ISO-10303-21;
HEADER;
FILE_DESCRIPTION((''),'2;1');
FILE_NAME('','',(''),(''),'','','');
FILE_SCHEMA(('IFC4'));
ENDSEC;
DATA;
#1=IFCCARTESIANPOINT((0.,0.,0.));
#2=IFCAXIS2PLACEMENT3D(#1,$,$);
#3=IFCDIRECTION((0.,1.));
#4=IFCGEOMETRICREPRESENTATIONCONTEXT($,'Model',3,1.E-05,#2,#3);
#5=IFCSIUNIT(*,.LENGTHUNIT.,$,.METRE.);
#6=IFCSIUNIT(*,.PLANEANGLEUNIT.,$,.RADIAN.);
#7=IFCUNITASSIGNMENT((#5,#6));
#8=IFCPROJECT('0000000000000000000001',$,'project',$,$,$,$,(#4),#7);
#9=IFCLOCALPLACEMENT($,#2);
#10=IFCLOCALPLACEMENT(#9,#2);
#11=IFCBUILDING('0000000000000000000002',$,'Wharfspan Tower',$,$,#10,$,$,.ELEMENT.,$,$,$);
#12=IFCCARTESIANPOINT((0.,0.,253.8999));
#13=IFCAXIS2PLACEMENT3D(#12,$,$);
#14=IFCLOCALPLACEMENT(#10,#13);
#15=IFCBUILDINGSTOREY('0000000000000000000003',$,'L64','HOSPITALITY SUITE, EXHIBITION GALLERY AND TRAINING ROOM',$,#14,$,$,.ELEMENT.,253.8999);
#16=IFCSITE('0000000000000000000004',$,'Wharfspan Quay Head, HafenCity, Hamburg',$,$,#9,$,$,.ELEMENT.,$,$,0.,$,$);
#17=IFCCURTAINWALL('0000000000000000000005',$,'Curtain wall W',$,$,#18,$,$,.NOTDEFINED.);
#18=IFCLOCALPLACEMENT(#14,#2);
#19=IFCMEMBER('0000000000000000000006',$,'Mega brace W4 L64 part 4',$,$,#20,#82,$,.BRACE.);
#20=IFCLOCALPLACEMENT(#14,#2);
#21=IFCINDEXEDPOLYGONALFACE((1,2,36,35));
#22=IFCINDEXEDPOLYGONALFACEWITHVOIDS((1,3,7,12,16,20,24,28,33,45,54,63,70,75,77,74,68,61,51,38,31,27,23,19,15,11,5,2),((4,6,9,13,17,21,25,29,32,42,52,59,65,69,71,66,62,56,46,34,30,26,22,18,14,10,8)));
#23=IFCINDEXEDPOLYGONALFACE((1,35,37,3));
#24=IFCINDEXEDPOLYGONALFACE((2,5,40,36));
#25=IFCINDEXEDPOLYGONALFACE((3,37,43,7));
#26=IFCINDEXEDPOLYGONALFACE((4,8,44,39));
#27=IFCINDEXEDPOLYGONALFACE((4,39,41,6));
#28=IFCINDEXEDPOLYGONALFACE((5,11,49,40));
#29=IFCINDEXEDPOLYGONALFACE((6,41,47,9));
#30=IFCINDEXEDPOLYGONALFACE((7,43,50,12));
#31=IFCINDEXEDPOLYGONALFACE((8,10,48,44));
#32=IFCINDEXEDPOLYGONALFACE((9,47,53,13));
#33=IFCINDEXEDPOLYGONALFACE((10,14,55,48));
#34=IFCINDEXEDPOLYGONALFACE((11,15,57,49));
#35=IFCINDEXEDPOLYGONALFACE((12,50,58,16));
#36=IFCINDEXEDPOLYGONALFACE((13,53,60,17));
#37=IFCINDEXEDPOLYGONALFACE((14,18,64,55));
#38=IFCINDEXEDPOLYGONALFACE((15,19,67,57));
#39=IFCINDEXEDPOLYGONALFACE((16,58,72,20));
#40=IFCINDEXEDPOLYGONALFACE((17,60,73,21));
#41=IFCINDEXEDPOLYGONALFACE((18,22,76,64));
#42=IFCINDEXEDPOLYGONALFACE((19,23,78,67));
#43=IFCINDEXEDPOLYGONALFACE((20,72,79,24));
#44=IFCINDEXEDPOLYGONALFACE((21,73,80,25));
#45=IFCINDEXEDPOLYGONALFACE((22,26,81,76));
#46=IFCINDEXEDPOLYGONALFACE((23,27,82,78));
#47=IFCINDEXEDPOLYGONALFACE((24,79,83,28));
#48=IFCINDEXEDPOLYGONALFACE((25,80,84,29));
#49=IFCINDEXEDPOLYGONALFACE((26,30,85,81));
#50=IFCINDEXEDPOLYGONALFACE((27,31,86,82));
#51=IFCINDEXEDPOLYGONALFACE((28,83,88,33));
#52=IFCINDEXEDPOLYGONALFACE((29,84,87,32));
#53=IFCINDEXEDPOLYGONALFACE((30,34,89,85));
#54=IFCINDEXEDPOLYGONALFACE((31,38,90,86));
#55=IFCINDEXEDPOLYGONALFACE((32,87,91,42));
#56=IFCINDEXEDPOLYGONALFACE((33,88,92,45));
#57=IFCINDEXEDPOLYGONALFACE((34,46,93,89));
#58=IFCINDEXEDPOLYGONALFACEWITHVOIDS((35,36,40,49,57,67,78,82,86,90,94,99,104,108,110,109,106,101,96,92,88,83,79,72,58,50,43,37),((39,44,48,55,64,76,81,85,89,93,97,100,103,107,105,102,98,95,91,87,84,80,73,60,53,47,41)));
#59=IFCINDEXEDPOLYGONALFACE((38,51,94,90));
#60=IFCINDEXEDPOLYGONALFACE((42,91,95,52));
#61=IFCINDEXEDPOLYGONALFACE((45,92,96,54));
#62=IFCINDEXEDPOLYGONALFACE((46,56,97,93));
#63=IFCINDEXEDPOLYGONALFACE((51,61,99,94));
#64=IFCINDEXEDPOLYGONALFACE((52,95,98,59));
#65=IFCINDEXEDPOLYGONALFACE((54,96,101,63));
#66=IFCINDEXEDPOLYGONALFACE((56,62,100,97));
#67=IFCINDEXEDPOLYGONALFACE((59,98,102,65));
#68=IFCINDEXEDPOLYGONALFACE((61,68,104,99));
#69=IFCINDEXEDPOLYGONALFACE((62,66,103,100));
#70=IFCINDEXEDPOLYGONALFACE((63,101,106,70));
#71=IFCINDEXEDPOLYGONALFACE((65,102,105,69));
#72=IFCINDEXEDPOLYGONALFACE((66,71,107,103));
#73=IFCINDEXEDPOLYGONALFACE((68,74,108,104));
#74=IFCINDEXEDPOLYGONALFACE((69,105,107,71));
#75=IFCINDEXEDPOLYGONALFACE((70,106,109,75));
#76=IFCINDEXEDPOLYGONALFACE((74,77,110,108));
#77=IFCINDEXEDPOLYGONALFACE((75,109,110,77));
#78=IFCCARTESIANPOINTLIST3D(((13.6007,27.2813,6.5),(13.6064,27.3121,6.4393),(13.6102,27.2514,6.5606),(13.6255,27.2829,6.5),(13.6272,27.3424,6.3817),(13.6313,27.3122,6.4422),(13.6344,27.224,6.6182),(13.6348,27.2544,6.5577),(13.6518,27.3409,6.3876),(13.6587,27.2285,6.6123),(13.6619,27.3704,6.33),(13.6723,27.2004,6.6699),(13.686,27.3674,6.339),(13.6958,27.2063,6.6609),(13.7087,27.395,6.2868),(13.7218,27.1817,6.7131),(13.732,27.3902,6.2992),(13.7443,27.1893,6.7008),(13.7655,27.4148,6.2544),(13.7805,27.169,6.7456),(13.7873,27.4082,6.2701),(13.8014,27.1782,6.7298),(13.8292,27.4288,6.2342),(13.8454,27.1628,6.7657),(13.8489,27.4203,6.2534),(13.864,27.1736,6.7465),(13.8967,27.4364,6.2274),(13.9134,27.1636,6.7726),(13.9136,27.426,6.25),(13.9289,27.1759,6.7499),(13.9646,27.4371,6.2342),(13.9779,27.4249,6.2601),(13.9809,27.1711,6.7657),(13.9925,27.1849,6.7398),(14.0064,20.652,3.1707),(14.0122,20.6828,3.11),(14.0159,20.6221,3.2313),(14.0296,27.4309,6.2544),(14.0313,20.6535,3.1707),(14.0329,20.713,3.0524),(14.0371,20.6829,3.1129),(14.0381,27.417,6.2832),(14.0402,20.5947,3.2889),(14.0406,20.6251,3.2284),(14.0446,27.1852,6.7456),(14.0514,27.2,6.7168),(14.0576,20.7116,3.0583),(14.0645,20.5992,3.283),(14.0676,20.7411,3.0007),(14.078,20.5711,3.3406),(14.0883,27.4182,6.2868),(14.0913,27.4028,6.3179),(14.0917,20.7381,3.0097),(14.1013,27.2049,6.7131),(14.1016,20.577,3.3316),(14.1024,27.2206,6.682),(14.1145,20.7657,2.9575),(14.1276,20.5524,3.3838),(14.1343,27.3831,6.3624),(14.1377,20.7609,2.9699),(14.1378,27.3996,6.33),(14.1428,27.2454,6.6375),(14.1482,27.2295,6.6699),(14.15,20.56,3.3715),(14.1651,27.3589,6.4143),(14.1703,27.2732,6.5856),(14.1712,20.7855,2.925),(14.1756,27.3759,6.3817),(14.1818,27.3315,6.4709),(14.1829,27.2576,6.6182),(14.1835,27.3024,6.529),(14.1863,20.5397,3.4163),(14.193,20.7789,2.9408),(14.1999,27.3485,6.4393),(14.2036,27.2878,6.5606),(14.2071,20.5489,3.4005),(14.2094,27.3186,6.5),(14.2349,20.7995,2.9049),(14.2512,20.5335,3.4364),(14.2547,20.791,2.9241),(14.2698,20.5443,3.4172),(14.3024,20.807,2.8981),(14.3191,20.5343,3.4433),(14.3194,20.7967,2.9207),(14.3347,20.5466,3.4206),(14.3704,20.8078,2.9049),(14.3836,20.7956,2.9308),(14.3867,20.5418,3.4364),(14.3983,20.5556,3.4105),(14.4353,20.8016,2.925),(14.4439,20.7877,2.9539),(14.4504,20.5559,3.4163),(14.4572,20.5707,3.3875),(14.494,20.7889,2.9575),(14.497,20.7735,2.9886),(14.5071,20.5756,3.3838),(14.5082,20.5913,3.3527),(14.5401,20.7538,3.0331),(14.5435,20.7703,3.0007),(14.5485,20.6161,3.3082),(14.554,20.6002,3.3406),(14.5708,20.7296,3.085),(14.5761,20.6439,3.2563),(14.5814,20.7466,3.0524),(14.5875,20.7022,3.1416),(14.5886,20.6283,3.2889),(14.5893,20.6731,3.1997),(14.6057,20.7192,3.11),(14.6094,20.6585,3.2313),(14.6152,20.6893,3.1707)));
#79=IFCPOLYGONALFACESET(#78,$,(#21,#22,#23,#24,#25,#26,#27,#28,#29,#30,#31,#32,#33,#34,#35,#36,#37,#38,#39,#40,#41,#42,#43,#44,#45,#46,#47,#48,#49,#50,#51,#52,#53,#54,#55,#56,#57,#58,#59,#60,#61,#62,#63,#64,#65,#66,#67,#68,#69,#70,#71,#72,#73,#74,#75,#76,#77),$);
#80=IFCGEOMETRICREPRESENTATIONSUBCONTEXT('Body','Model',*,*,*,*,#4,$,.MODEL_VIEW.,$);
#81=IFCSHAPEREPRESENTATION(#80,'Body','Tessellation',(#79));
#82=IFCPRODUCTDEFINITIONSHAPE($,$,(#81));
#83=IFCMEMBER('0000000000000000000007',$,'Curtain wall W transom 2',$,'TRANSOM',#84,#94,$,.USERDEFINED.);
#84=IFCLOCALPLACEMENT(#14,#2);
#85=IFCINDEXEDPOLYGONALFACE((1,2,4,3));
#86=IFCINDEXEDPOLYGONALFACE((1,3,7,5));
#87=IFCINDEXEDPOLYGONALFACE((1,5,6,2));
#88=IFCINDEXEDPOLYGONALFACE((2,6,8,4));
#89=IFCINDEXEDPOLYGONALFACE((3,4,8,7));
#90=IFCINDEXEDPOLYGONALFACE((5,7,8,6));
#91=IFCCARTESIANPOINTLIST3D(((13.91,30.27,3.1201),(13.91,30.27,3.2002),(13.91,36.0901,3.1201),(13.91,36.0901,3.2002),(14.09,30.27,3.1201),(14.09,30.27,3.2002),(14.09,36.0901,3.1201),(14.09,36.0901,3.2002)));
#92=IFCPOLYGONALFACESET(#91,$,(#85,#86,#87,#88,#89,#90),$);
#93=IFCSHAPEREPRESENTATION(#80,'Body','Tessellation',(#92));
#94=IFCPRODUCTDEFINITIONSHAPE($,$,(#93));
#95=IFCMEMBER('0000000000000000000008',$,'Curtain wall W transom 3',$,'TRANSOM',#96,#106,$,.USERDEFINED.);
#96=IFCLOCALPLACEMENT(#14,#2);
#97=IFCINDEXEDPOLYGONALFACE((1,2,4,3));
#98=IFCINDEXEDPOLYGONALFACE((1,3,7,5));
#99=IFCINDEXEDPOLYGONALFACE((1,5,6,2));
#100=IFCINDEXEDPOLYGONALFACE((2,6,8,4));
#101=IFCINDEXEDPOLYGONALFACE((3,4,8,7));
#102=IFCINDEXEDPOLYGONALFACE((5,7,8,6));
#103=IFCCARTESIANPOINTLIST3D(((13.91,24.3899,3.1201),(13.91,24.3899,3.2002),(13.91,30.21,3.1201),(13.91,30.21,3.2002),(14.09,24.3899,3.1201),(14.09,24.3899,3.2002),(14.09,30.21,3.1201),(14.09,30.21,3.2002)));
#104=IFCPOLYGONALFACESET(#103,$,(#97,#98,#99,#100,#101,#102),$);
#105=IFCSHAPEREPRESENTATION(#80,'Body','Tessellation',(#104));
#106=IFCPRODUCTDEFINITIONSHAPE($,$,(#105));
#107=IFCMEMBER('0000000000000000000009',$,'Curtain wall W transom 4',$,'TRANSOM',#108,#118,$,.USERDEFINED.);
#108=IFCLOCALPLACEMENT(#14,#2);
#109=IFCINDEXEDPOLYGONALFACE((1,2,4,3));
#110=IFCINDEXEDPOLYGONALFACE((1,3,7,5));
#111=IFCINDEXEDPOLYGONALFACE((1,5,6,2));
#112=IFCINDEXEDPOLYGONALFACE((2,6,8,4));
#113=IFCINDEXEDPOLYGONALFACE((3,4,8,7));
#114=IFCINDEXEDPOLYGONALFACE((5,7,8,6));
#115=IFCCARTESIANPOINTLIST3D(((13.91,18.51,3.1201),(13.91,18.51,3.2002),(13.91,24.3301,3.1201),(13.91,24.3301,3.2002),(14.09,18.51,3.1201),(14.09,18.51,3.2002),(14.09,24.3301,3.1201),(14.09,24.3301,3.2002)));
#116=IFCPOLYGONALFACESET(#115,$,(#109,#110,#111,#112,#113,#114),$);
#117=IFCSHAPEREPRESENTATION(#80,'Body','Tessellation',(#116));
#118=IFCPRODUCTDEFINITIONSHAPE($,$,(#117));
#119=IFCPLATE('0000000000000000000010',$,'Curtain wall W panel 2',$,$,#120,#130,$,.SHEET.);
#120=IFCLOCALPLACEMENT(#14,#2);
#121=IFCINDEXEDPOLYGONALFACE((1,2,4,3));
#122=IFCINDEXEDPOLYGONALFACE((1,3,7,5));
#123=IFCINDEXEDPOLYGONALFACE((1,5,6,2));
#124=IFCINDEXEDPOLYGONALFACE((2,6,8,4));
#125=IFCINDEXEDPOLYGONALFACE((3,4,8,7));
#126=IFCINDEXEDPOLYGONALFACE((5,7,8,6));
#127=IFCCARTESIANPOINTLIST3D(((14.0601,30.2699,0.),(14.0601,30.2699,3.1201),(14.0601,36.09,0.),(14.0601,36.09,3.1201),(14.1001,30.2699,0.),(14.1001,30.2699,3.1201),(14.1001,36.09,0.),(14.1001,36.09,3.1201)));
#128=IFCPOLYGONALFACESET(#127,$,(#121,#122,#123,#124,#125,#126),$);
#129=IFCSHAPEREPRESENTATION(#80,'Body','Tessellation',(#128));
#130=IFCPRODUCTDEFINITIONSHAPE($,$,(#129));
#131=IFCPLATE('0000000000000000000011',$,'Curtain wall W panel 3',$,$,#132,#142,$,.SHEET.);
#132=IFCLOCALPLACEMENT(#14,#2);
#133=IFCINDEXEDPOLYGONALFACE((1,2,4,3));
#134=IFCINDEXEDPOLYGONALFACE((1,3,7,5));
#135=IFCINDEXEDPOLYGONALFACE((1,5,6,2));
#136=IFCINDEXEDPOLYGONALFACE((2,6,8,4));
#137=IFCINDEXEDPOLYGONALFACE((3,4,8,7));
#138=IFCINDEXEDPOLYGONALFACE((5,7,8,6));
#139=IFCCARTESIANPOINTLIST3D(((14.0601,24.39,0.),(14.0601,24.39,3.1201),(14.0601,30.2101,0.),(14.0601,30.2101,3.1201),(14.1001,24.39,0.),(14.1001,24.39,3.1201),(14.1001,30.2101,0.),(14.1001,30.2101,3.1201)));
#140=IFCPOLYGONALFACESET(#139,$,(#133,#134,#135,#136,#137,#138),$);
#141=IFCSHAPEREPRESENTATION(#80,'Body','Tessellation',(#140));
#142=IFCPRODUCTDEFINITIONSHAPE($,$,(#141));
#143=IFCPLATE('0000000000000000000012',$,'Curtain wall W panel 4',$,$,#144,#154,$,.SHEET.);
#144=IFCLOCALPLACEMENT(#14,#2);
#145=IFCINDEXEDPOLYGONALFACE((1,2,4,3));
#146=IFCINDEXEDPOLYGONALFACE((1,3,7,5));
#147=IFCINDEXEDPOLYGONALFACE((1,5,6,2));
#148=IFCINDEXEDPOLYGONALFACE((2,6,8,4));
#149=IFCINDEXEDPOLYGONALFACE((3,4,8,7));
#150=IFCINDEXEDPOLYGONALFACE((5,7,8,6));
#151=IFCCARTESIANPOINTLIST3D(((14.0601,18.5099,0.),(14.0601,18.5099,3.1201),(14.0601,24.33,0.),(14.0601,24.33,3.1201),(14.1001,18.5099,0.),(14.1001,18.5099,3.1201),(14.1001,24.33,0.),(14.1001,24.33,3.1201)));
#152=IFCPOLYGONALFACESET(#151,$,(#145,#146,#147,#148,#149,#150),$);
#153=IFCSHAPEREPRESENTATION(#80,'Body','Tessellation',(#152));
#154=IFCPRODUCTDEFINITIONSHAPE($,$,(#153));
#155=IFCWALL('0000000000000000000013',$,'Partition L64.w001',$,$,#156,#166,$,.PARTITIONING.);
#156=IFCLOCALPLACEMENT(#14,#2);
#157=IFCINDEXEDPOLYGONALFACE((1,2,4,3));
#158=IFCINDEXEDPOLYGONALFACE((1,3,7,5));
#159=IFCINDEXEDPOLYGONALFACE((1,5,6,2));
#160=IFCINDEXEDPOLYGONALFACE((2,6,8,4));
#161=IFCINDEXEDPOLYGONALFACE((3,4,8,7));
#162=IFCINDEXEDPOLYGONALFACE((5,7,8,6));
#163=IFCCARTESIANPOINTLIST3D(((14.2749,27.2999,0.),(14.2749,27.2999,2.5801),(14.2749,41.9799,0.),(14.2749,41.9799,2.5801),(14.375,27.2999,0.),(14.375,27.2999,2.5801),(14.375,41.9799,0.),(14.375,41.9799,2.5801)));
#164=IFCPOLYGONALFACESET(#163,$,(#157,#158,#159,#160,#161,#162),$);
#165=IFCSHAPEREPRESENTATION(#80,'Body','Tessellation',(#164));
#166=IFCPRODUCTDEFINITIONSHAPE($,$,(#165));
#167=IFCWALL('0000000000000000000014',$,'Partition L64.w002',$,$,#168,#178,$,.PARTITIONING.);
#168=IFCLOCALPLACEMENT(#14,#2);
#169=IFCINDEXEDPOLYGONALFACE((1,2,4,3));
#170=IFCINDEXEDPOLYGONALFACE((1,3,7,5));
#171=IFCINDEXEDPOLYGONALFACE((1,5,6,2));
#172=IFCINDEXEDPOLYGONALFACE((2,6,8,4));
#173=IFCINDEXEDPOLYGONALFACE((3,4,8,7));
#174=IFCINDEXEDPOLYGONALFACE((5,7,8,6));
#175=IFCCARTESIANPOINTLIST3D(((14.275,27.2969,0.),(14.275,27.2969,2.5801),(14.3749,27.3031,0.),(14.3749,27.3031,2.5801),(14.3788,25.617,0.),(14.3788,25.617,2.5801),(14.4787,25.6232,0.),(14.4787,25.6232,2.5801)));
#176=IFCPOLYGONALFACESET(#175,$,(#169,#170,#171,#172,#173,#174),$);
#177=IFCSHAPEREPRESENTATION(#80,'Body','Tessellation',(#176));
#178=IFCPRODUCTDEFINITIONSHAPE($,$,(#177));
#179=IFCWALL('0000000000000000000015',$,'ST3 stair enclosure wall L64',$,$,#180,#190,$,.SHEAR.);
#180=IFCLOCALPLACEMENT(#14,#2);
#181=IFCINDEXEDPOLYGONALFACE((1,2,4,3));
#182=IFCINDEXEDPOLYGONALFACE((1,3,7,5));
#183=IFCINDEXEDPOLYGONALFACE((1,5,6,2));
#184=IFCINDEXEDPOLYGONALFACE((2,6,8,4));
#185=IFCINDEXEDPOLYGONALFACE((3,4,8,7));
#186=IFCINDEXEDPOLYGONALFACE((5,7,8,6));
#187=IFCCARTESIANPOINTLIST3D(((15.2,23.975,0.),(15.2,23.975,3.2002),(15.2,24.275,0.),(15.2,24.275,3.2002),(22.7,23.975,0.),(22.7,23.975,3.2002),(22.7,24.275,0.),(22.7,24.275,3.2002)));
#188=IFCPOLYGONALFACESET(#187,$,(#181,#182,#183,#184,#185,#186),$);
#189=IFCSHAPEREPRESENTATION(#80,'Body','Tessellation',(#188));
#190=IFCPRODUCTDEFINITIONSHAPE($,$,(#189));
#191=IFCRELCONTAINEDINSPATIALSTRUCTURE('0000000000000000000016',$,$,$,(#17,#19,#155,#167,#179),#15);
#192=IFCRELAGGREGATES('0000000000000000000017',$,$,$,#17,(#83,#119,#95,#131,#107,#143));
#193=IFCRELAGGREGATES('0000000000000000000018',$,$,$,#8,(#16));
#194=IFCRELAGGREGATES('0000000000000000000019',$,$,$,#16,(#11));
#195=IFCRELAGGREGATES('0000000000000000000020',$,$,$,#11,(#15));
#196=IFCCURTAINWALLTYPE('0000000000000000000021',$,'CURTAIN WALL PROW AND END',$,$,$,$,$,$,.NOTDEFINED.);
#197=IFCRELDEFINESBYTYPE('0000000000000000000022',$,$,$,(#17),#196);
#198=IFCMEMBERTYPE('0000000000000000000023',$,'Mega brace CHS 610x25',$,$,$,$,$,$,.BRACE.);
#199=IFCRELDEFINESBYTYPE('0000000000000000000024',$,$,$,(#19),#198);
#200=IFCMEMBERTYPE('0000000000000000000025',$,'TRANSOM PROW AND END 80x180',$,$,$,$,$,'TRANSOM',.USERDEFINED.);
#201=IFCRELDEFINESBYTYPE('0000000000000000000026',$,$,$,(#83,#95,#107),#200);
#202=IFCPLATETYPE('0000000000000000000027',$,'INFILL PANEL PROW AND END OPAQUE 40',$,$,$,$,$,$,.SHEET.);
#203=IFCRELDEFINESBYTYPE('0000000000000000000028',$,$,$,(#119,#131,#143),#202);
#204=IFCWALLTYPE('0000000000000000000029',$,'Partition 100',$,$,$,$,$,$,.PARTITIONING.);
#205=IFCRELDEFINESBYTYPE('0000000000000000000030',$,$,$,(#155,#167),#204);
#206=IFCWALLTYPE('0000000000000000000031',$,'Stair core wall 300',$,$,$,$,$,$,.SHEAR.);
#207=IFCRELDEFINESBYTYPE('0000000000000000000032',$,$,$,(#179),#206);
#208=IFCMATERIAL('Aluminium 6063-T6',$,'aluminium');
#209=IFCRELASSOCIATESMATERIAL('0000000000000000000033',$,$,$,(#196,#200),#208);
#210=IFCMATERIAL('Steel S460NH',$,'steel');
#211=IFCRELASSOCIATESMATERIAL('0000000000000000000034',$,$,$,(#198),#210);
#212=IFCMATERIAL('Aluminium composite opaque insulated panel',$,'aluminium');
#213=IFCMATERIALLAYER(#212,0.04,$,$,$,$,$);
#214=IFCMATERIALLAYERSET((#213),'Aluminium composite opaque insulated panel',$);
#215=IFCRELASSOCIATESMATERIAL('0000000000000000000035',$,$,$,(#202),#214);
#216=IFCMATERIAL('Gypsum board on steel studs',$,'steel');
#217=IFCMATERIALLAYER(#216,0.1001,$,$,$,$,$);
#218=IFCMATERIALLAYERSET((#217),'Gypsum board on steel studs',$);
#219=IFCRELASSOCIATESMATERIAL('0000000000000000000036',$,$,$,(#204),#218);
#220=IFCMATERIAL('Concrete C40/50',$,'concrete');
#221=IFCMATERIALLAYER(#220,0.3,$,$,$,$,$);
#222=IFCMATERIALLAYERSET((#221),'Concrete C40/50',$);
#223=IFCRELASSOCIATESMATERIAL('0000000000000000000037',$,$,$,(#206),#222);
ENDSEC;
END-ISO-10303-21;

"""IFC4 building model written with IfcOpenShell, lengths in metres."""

from ifc_helpers import new_model, si_unit, direction, frame, frame_2d, origin, origin_2d, place, context, subcontext, project, spatial, rectangle, hollow_circle, extrude, material, layer, layer_set, material_profile, profile_set, type_object, element, aggregate, save


model = new_model("IFC4")

# Units and contexts
model_context = context("Model", 3, precision=1e-05, world=origin(), true_north=direction((0.0, 1.0)))
body_context = subcontext(model_context, "Body", "Model", "MODEL_VIEW")
ifc_project = project(units=[si_unit("LENGTHUNIT", "METRE"), si_unit("PLANEANGLEUNIT", "RADIAN")], contexts=[model_context])

# Site, building, storey
site_placement = place(None, origin())
site = spatial("IfcSite", under=ifc_project, at=site_placement, Name="Wharfspan Quay Head, HafenCity, Hamburg", CompositionType="ELEMENT", RefElevation=0.0)
building_placement = place(site_placement, origin())
building = spatial("IfcBuilding", under=site, at=building_placement, Name="Wharfspan Tower", CompositionType="ELEMENT")
storey_placement = place(building_placement, frame((0.0, 0.0, 253.8999)))
storey = spatial("IfcBuildingStorey", under=building, at=storey_placement, Name="L64", Description="HOSPITALITY SUITE, EXHIBITION GALLERY AND TRAINING ROOM", CompositionType="ELEMENT", Elevation=253.8999)

# Shared definitions
ifc_material_1 = material(Name="Steel S460NH", Category="steel")

# Curtain wall
ifc_material_2 = material(Name="Aluminium 6063-T6", Category="aluminium")
curtain_wall_type = type_object("IfcCurtainWallType", Name="CURTAIN WALL PROW AND END", PredefinedType="NOTDEFINED", material=ifc_material_2)
curtain_wall_placement = place(storey_placement, origin())
curtain_wall = element("IfcCurtainWall", 1, at=curtain_wall_placement, inside=storey, type_object=curtain_wall_type, Name="Curtain wall W", PredefinedType="NOTDEFINED")

# Member
ifc_material_profile_1 = material_profile(ifc_material_1, hollow_circle(Radius=0.3049, WallThickness=0.0249, at=origin_2d()))
ifc_profile_set_1 = profile_set([ifc_material_profile_1], Name="Steel S460NH")
member_type_1 = type_object("IfcMemberType", Name="Mega brace CHS 610x25", PredefinedType="BRACE", material=ifc_profile_set_1)
member_1_placement = place(storey_placement, frame((14.3108, 20.6707, 3.1707), z_axis=(-0.054615, 0.892302, 0.448123), x_axis=(-0.998132, -0.061091, -0.000003)))
element("IfcMember", 2, at=member_1_placement, inside=storey, type_object=member_type_1, Name="Mega brace W4 L64 part 4", PredefinedType="BRACE", context=body_context, shape_type="SweptSolid", body=[
    extrude(hollow_circle(Radius=0.3049, WallThickness=0.0249, at=origin_2d()), origin(), (0.0, 0.0, 1.0), 7.4294),
])

# Members
ifc_material_profile_2 = material_profile(ifc_material_2, rectangle(XDim=0.1799, YDim=0.0801, at=origin_2d()))
ifc_profile_set_2 = profile_set([ifc_material_profile_2], Name="Aluminium 6063-T6")
member_type_2 = type_object("IfcMemberType", Name="TRANSOM PROW AND END 80x180", ElementType="TRANSOM", PredefinedType="USERDEFINED", material=ifc_profile_set_2)
member_2_placement = place(storey_placement, frame((14.0, 36.0901, 3.1602), z_axis=(0.0, -1.0, 0.0), x_axis=(1.0, 0.0, 0.0)))
member_2 = element("IfcMember", 3, at=member_2_placement, type_object=member_type_2, Name="Curtain wall W transom 2", ObjectType="TRANSOM", PredefinedType="USERDEFINED", context=body_context, shape_type="SweptSolid", body=[
    extrude(rectangle(XDim=0.1799, YDim=0.0801, at=origin_2d()), origin(), (0.0, 0.0, 1.0), 5.8201),
])
member_3_placement = place(storey_placement, frame((14.0, 30.21, 3.1602), z_axis=(0.0, -1.0, 0.0), x_axis=(1.0, 0.0, 0.0)))
member_3 = element("IfcMember", 4, at=member_3_placement, type_object=member_type_2, Name="Curtain wall W transom 3", ObjectType="TRANSOM", PredefinedType="USERDEFINED", context=body_context, shape_type="SweptSolid", body=[
    extrude(rectangle(XDim=0.1799, YDim=0.0801, at=origin_2d()), origin(), (0.0, 0.0, 1.0), 5.8201),
])
member_4_placement = place(storey_placement, frame((14.0, 24.3301, 3.1602), z_axis=(0.0, -1.0, 0.0), x_axis=(1.0, 0.0, 0.0)))
member_4 = element("IfcMember", 5, at=member_4_placement, type_object=member_type_2, Name="Curtain wall W transom 4", ObjectType="TRANSOM", PredefinedType="USERDEFINED", context=body_context, shape_type="SweptSolid", body=[
    extrude(rectangle(XDim=0.1799, YDim=0.0801, at=origin_2d()), origin(), (0.0, 0.0, 1.0), 5.8201),
])

# Plates
ifc_material_3 = material(Name="Aluminium composite opaque insulated panel", Category="aluminium")
ifc_layer_1 = layer(ifc_material_3, 0.04)
ifc_layer_set_1 = layer_set([ifc_layer_1], Name="Aluminium composite opaque insulated panel")
plate_type = type_object("IfcPlateType", Name="INFILL PANEL PROW AND END OPAQUE 40", PredefinedType="SHEET", material=ifc_layer_set_1)
plate_1_placement = place(storey_placement, frame((14.0801, 33.1799, 0.0), z_axis=(0.0, 0.0, 1.0), x_axis=(0.0, -1.0, 0.0)))
plate_1 = element("IfcPlate", 6, at=plate_1_placement, type_object=plate_type, Name="Curtain wall W panel 2", PredefinedType="SHEET", context=body_context, shape_type="SweptSolid", body=[
    extrude(rectangle(XDim=5.8201, YDim=0.04, at=origin_2d()), origin(), (0.0, 0.0, 1.0), 3.1201),
])
plate_2_placement = place(storey_placement, frame((14.0801, 27.3, 0.0), z_axis=(0.0, 0.0, 1.0), x_axis=(0.0, -1.0, 0.0)))
plate_2 = element("IfcPlate", 7, at=plate_2_placement, type_object=plate_type, Name="Curtain wall W panel 3", PredefinedType="SHEET", context=body_context, shape_type="SweptSolid", body=[
    extrude(rectangle(XDim=5.8201, YDim=0.04, at=origin_2d()), origin(), (0.0, 0.0, 1.0), 3.1201),
])
plate_3_placement = place(storey_placement, frame((14.0801, 21.4199, 0.0), z_axis=(0.0, 0.0, 1.0), x_axis=(0.0, -1.0, 0.0)))
plate_3 = element("IfcPlate", 8, at=plate_3_placement, type_object=plate_type, Name="Curtain wall W panel 4", PredefinedType="SHEET", context=body_context, shape_type="SweptSolid", body=[
    extrude(rectangle(XDim=5.8201, YDim=0.04, at=origin_2d()), origin(), (0.0, 0.0, 1.0), 3.1201),
])
aggregate(curtain_wall, [member_2, plate_1, member_3, plate_2, member_4, plate_3])

# Walls
ifc_material_4 = material(Name="Gypsum board on steel studs", Category="steel")
ifc_layer_2 = layer(ifc_material_4, 0.1001)
ifc_layer_set_2 = layer_set([ifc_layer_2], Name="Gypsum board on steel studs")
wall_type_1 = type_object("IfcWallType", Name="Partition 100", PredefinedType="PARTITIONING", material=ifc_layer_set_2)
wall_1_placement = place(storey_placement, frame((14.325, 27.3, 0.0), z_axis=(0.0, 0.0, 1.0), x_axis=(0.0, 1.0, 0.0)))
element("IfcWall", 9, at=wall_1_placement, inside=storey, type_object=wall_type_1, Name="Partition L64.w001", PredefinedType="PARTITIONING", context=body_context, shape_type="SweptSolid", body=[
    extrude(rectangle(XDim=14.6799, YDim=0.1001, at=frame_2d((7.3398, 0.0))), origin(), (0.0, 0.0, 1.0), 2.5801),
])
wall_2_placement = place(storey_placement, frame((14.4287, 25.6201, 0.0), z_axis=(0.0, 0.0, 1.0), x_axis=(-0.061647, 0.998101, 0.0)))
element("IfcWall", 10, at=wall_2_placement, inside=storey, type_object=wall_type_1, Name="Partition L64.w002", PredefinedType="PARTITIONING", context=body_context, shape_type="SweptSolid", body=[
    extrude(rectangle(XDim=1.6831, YDim=0.1001, at=frame_2d((0.8416, 0.0))), origin(), (0.0, 0.0, 1.0), 2.5801),
])
ifc_material_5 = material(Name="Concrete C40/50", Category="concrete")
ifc_layer_3 = layer(ifc_material_5, 0.3)
ifc_layer_set_3 = layer_set([ifc_layer_3], Name="Concrete C40/50")
wall_type_2 = type_object("IfcWallType", Name="Stair core wall 300", PredefinedType="SHEAR", material=ifc_layer_set_3)
wall_3_placement = place(storey_placement, frame((15.2, 24.125, 0.0), z_axis=(0.0, 0.0, 1.0), x_axis=(1.0, 0.0, 0.0)))
element("IfcWall", 11, at=wall_3_placement, inside=storey, type_object=wall_type_2, Name="ST3 stair enclosure wall L64", PredefinedType="SHEAR", context=body_context, shape_type="SweptSolid", body=[
    extrude(rectangle(XDim=7.5, YDim=0.3, at=frame_2d((3.75, 0.0))), origin(), (0.0, 0.0, 1.0), 3.2002),
])

save(model, "model.ifc")
